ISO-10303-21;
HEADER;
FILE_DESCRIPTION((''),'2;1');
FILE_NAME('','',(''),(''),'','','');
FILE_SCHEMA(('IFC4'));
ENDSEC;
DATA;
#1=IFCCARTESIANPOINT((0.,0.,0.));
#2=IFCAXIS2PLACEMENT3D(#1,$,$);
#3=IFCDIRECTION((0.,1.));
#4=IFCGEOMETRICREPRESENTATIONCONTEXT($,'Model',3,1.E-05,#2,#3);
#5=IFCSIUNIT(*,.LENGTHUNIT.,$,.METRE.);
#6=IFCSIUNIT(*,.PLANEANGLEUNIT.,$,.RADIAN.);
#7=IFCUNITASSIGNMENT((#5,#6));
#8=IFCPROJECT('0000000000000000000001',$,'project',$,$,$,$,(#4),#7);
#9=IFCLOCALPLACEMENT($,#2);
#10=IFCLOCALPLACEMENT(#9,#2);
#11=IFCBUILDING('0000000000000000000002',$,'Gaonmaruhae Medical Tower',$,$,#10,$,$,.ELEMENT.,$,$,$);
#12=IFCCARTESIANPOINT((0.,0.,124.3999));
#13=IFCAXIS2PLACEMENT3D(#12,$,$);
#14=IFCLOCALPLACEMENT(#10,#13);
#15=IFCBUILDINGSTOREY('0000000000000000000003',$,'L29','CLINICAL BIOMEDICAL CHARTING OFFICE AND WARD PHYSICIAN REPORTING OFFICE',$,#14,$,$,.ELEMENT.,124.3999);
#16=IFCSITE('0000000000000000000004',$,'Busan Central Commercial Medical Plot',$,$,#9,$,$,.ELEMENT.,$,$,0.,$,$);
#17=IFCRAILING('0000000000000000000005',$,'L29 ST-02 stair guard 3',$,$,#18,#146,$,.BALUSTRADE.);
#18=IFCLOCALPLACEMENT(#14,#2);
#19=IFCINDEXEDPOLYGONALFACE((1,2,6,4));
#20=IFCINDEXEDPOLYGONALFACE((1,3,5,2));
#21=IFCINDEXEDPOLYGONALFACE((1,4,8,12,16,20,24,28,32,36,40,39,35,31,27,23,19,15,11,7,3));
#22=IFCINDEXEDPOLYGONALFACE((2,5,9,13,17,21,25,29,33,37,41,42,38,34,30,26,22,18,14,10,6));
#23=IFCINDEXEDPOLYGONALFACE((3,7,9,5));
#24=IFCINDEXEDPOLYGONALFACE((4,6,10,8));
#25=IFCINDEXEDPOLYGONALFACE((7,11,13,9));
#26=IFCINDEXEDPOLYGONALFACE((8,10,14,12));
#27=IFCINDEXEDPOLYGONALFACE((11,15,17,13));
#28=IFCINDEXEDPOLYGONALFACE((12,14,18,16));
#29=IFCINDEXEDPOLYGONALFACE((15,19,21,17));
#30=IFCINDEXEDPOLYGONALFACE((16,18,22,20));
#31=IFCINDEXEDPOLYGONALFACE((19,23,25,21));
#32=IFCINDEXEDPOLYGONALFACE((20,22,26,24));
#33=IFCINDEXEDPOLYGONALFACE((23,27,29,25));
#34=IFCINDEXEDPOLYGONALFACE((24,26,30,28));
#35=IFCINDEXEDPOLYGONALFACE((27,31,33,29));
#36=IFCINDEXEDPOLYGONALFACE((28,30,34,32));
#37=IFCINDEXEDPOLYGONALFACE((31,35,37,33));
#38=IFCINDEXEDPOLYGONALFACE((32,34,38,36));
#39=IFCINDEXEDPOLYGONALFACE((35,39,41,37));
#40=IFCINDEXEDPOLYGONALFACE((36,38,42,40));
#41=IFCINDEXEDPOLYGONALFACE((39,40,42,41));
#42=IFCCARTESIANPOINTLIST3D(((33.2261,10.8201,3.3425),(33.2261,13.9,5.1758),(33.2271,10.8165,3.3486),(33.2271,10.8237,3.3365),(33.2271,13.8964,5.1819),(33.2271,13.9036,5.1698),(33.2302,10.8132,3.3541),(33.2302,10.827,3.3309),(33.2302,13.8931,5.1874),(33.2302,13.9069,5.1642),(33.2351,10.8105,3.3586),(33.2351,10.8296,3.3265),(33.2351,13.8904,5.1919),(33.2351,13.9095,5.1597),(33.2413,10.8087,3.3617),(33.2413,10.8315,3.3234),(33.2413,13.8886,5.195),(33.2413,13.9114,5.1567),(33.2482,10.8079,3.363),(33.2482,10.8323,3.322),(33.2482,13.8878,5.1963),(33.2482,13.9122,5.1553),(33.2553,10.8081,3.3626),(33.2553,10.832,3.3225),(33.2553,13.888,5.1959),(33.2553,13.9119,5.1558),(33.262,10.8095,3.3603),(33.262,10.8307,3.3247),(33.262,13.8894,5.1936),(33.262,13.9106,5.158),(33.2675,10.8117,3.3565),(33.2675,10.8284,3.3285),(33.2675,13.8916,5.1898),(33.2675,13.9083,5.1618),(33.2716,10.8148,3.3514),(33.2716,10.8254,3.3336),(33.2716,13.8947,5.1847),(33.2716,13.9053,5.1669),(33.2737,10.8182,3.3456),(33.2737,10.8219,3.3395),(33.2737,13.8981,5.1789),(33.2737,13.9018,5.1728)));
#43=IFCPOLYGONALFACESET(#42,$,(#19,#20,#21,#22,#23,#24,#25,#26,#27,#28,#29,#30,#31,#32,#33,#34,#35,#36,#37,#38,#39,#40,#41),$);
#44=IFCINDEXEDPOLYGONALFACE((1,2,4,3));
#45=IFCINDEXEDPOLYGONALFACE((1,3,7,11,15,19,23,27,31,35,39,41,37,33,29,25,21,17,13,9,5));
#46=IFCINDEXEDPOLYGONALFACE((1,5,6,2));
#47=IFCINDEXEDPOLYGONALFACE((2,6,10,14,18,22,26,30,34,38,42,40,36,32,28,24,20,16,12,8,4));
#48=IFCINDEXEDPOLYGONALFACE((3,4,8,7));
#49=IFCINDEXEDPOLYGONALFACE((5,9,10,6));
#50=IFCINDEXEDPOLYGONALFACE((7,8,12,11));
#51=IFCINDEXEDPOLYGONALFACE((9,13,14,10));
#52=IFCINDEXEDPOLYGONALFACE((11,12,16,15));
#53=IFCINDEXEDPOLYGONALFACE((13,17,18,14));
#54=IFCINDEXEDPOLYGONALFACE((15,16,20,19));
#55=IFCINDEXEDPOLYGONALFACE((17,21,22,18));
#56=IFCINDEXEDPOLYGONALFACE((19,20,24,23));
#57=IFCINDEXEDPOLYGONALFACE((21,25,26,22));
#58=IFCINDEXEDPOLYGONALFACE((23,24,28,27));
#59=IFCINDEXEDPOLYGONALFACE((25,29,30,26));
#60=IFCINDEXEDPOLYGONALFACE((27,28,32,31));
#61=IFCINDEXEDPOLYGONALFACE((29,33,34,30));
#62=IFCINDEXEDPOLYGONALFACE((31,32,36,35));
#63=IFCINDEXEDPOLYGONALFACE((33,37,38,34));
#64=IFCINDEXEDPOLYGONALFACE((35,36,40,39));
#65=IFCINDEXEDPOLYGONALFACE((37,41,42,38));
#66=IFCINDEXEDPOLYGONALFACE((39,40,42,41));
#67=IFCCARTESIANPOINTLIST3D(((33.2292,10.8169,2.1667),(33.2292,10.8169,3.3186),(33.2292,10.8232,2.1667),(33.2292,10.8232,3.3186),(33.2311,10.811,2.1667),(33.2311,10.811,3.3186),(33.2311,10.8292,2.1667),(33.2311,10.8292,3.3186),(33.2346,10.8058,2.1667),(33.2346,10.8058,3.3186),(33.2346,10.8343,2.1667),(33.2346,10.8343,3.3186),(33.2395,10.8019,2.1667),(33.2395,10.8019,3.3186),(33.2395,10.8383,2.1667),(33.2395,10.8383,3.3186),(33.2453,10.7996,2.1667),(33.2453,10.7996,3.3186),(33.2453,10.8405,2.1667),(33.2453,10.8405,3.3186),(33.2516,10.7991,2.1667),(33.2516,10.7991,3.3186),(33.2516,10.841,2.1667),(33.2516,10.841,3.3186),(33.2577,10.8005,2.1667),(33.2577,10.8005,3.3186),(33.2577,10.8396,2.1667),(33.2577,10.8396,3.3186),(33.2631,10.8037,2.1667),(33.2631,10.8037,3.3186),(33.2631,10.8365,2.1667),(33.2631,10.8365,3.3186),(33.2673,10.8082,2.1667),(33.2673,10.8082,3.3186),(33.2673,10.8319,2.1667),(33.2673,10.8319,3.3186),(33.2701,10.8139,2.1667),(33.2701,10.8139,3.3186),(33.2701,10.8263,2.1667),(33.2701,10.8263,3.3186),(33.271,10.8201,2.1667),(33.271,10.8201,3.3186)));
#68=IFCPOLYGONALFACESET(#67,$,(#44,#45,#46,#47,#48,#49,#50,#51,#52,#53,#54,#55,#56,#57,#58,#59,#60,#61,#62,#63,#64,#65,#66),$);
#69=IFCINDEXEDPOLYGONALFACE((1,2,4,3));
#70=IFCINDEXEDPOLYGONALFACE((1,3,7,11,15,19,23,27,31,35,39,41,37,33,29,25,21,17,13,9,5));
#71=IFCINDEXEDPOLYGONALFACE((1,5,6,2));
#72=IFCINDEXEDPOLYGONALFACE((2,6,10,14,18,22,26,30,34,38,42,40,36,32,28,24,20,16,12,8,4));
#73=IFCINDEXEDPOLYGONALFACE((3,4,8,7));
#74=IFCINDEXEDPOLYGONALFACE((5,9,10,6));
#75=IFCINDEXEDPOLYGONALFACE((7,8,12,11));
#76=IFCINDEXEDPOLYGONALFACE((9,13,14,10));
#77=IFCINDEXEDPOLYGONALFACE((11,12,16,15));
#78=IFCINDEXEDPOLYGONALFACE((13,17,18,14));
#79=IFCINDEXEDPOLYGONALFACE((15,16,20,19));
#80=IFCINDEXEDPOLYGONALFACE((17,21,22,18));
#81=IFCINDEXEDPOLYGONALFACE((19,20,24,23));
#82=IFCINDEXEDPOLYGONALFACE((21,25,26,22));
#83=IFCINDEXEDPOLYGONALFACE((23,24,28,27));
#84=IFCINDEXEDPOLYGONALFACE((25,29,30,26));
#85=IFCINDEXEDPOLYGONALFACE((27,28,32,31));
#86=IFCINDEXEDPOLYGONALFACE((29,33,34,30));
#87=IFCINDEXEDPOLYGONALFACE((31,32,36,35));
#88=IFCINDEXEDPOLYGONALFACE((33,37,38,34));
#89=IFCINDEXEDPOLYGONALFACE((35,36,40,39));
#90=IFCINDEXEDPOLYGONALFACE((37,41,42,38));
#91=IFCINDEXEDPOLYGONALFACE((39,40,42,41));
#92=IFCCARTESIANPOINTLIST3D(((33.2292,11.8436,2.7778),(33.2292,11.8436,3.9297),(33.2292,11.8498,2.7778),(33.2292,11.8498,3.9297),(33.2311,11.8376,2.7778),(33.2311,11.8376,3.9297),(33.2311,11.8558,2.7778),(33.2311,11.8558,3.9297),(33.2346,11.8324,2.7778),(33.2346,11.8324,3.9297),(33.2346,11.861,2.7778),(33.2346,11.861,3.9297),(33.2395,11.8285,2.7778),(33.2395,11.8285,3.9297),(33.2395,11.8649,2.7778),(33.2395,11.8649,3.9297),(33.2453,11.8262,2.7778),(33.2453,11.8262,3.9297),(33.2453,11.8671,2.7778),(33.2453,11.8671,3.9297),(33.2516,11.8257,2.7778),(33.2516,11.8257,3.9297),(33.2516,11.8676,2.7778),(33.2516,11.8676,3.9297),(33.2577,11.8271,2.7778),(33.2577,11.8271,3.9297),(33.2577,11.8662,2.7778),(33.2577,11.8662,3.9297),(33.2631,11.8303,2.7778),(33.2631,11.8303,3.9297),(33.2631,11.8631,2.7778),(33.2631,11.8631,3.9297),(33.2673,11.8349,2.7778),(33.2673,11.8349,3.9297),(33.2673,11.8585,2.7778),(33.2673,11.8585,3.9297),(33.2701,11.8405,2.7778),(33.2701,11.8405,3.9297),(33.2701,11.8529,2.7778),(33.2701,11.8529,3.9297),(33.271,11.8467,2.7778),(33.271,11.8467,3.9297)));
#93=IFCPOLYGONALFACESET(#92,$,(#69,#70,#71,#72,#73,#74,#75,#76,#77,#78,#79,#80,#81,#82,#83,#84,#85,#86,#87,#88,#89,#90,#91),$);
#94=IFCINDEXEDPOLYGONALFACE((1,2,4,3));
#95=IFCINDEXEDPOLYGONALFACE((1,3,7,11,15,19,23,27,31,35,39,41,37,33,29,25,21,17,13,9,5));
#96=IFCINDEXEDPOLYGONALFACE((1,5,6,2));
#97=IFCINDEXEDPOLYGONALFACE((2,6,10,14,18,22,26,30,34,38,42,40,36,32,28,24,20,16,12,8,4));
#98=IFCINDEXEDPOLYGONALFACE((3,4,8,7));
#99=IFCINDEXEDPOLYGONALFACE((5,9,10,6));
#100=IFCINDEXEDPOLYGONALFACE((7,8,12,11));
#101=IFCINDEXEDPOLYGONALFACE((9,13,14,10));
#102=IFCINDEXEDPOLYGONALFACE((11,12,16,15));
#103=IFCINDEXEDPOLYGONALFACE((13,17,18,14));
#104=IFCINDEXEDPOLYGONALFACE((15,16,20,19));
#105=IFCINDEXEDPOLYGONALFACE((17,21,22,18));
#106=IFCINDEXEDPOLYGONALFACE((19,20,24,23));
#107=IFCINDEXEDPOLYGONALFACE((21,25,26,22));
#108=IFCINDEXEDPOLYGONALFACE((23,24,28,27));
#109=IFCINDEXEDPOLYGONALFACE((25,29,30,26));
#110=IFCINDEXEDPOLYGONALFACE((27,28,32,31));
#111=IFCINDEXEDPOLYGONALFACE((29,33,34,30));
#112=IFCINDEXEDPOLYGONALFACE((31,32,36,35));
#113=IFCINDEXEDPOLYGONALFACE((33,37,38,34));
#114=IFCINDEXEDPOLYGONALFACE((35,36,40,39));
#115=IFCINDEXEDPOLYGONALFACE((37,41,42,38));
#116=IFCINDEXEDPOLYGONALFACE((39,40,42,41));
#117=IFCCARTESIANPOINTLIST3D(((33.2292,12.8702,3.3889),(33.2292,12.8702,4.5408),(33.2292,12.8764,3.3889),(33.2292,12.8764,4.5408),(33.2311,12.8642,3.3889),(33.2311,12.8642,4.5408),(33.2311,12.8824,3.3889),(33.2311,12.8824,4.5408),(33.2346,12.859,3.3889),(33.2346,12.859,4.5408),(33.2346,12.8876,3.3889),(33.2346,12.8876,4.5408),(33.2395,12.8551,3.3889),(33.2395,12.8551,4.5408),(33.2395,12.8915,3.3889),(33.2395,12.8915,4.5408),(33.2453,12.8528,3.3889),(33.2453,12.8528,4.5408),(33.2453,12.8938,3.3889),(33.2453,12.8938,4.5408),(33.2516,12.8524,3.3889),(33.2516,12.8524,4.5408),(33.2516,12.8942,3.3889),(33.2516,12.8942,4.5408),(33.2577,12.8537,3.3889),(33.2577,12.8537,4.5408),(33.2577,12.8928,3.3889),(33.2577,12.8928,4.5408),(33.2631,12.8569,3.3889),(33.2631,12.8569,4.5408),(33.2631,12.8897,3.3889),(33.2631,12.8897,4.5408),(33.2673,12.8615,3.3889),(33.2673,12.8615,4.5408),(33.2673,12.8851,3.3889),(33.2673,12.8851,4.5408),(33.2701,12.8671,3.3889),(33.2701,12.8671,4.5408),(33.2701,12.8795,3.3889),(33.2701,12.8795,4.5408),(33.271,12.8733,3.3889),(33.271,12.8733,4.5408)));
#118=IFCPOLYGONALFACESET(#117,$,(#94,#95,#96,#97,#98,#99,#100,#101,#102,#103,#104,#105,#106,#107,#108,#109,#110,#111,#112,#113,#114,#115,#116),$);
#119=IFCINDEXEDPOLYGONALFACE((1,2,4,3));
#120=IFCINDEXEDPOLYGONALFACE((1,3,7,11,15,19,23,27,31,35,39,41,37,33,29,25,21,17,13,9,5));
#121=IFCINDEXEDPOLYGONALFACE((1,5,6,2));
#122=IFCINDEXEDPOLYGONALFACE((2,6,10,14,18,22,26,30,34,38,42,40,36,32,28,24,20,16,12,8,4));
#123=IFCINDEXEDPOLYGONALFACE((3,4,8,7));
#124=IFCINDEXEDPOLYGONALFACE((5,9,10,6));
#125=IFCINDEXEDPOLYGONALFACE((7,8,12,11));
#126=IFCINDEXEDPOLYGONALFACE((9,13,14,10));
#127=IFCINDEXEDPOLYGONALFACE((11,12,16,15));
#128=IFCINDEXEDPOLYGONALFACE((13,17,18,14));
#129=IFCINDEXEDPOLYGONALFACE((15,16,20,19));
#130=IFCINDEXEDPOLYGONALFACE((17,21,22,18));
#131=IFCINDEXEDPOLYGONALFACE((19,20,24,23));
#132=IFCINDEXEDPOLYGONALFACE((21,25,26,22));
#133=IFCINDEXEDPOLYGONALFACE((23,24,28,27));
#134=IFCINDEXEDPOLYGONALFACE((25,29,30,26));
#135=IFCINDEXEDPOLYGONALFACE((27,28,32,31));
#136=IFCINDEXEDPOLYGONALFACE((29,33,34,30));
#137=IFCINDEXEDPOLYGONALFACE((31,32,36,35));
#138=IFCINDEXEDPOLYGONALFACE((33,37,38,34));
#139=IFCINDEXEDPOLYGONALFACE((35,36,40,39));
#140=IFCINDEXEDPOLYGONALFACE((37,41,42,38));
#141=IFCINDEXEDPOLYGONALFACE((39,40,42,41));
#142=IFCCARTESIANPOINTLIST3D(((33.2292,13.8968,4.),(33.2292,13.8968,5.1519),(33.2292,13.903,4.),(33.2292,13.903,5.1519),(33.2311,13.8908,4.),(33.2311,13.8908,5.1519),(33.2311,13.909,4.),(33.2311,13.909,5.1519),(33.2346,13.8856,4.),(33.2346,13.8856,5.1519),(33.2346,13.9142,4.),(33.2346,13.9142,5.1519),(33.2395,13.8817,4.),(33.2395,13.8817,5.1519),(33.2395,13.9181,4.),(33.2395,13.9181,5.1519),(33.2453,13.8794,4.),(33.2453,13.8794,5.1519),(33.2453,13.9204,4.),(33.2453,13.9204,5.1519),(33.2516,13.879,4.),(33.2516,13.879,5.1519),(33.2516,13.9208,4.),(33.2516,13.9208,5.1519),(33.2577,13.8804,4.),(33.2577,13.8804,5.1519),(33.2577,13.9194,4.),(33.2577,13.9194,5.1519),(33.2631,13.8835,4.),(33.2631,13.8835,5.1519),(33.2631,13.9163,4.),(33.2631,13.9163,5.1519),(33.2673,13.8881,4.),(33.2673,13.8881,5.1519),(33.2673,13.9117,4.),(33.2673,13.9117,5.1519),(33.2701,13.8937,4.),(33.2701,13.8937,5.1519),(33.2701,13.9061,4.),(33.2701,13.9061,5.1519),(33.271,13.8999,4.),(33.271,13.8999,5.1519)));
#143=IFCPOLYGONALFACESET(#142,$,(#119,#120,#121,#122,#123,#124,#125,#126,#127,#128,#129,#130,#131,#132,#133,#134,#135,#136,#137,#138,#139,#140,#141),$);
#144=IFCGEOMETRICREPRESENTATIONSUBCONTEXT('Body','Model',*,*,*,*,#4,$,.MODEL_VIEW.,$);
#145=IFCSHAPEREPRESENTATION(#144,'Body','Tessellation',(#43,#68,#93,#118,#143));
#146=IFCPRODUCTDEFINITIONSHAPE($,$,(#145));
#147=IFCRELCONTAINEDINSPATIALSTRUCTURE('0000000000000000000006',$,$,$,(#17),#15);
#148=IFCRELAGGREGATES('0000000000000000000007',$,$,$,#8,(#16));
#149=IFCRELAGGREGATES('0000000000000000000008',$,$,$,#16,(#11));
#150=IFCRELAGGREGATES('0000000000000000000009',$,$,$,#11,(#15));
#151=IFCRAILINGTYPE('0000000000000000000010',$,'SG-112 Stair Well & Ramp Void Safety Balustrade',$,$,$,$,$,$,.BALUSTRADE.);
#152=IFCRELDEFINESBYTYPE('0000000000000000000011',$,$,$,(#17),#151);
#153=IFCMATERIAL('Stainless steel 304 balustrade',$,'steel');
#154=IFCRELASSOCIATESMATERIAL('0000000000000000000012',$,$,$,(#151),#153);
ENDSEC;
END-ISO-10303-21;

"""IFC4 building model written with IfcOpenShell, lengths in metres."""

from ifc_helpers import new_model, si_unit, direction, frame, origin, origin_2d, place, context, subcontext, project, spatial, circle, extrude, material, type_object, element, save


model = new_model("IFC4")

# Units and contexts
model_context = context("Model", 3, precision=1e-05, world=origin(), true_north=direction((0.0, 1.0)))
body_context = subcontext(model_context, "Body", "Model", "MODEL_VIEW")
ifc_project = project(units=[si_unit("LENGTHUNIT", "METRE"), si_unit("PLANEANGLEUNIT", "RADIAN")], contexts=[model_context])

# Site, building, storey
site_placement = place(None, origin())
site = spatial("IfcSite", under=ifc_project, at=site_placement, Name="Busan Central Commercial Medical Plot", CompositionType="ELEMENT", RefElevation=0.0)
building_placement = place(site_placement, origin())
building = spatial("IfcBuilding", under=site, at=building_placement, Name="Gaonmaruhae Medical Tower", CompositionType="ELEMENT")
storey_placement = place(building_placement, frame((0.0, 0.0, 124.3999)))
storey = spatial("IfcBuildingStorey", under=building, at=storey_placement, Name="L29", Description="CLINICAL BIOMEDICAL CHARTING OFFICE AND WARD PHYSICIAN REPORTING OFFICE", CompositionType="ELEMENT", Elevation=124.3999)

# Railing
ifc_material_1 = material(Name="Stainless steel 304 balustrade", Category="steel")
railing_type_1 = type_object("IfcRailingType", Name="SG-112 Stair Well & Ramp Void Safety Balustrade", PredefinedType="BALUSTRADE", material=ifc_material_1)
railing_1_placement = place(storey_placement, frame((33.25, 10.8201, 2.1667)))
element("IfcRailing", 1, at=railing_1_placement, inside=storey, type_object=railing_type_1, Name="L29 ST-02 stair guard 3", PredefinedType="BALUSTRADE", context=body_context, shape_type="SweptSolid", body=[
    extrude(circle(Radius=0.0239, at=origin_2d()), frame((0.0, 0.0, 1.1758), z_axis=(0.0, 0.859291, 0.511487), x_axis=(-1.0, 0.0, 0.0)), (0.0, 0.0, 1.0), 3.5842),
    extrude(circle(Radius=0.021, at=origin_2d()), origin(), (0.0, 0.0, 1.0), 1.1519),
    extrude(circle(Radius=0.021, at=origin_2d()), frame((0.0, 1.0266, 0.6111)), (0.0, 0.0, 1.0), 1.1519),
    extrude(circle(Radius=0.021, at=origin_2d()), frame((0.0, 2.0532, 1.2222)), (0.0, 0.0, 1.0), 1.1519),
    extrude(circle(Radius=0.021, at=origin_2d()), frame((0.0, 3.0798, 1.8333)), (0.0, 0.0, 1.0), 1.1519),
])

save(model, "model.ifc")
